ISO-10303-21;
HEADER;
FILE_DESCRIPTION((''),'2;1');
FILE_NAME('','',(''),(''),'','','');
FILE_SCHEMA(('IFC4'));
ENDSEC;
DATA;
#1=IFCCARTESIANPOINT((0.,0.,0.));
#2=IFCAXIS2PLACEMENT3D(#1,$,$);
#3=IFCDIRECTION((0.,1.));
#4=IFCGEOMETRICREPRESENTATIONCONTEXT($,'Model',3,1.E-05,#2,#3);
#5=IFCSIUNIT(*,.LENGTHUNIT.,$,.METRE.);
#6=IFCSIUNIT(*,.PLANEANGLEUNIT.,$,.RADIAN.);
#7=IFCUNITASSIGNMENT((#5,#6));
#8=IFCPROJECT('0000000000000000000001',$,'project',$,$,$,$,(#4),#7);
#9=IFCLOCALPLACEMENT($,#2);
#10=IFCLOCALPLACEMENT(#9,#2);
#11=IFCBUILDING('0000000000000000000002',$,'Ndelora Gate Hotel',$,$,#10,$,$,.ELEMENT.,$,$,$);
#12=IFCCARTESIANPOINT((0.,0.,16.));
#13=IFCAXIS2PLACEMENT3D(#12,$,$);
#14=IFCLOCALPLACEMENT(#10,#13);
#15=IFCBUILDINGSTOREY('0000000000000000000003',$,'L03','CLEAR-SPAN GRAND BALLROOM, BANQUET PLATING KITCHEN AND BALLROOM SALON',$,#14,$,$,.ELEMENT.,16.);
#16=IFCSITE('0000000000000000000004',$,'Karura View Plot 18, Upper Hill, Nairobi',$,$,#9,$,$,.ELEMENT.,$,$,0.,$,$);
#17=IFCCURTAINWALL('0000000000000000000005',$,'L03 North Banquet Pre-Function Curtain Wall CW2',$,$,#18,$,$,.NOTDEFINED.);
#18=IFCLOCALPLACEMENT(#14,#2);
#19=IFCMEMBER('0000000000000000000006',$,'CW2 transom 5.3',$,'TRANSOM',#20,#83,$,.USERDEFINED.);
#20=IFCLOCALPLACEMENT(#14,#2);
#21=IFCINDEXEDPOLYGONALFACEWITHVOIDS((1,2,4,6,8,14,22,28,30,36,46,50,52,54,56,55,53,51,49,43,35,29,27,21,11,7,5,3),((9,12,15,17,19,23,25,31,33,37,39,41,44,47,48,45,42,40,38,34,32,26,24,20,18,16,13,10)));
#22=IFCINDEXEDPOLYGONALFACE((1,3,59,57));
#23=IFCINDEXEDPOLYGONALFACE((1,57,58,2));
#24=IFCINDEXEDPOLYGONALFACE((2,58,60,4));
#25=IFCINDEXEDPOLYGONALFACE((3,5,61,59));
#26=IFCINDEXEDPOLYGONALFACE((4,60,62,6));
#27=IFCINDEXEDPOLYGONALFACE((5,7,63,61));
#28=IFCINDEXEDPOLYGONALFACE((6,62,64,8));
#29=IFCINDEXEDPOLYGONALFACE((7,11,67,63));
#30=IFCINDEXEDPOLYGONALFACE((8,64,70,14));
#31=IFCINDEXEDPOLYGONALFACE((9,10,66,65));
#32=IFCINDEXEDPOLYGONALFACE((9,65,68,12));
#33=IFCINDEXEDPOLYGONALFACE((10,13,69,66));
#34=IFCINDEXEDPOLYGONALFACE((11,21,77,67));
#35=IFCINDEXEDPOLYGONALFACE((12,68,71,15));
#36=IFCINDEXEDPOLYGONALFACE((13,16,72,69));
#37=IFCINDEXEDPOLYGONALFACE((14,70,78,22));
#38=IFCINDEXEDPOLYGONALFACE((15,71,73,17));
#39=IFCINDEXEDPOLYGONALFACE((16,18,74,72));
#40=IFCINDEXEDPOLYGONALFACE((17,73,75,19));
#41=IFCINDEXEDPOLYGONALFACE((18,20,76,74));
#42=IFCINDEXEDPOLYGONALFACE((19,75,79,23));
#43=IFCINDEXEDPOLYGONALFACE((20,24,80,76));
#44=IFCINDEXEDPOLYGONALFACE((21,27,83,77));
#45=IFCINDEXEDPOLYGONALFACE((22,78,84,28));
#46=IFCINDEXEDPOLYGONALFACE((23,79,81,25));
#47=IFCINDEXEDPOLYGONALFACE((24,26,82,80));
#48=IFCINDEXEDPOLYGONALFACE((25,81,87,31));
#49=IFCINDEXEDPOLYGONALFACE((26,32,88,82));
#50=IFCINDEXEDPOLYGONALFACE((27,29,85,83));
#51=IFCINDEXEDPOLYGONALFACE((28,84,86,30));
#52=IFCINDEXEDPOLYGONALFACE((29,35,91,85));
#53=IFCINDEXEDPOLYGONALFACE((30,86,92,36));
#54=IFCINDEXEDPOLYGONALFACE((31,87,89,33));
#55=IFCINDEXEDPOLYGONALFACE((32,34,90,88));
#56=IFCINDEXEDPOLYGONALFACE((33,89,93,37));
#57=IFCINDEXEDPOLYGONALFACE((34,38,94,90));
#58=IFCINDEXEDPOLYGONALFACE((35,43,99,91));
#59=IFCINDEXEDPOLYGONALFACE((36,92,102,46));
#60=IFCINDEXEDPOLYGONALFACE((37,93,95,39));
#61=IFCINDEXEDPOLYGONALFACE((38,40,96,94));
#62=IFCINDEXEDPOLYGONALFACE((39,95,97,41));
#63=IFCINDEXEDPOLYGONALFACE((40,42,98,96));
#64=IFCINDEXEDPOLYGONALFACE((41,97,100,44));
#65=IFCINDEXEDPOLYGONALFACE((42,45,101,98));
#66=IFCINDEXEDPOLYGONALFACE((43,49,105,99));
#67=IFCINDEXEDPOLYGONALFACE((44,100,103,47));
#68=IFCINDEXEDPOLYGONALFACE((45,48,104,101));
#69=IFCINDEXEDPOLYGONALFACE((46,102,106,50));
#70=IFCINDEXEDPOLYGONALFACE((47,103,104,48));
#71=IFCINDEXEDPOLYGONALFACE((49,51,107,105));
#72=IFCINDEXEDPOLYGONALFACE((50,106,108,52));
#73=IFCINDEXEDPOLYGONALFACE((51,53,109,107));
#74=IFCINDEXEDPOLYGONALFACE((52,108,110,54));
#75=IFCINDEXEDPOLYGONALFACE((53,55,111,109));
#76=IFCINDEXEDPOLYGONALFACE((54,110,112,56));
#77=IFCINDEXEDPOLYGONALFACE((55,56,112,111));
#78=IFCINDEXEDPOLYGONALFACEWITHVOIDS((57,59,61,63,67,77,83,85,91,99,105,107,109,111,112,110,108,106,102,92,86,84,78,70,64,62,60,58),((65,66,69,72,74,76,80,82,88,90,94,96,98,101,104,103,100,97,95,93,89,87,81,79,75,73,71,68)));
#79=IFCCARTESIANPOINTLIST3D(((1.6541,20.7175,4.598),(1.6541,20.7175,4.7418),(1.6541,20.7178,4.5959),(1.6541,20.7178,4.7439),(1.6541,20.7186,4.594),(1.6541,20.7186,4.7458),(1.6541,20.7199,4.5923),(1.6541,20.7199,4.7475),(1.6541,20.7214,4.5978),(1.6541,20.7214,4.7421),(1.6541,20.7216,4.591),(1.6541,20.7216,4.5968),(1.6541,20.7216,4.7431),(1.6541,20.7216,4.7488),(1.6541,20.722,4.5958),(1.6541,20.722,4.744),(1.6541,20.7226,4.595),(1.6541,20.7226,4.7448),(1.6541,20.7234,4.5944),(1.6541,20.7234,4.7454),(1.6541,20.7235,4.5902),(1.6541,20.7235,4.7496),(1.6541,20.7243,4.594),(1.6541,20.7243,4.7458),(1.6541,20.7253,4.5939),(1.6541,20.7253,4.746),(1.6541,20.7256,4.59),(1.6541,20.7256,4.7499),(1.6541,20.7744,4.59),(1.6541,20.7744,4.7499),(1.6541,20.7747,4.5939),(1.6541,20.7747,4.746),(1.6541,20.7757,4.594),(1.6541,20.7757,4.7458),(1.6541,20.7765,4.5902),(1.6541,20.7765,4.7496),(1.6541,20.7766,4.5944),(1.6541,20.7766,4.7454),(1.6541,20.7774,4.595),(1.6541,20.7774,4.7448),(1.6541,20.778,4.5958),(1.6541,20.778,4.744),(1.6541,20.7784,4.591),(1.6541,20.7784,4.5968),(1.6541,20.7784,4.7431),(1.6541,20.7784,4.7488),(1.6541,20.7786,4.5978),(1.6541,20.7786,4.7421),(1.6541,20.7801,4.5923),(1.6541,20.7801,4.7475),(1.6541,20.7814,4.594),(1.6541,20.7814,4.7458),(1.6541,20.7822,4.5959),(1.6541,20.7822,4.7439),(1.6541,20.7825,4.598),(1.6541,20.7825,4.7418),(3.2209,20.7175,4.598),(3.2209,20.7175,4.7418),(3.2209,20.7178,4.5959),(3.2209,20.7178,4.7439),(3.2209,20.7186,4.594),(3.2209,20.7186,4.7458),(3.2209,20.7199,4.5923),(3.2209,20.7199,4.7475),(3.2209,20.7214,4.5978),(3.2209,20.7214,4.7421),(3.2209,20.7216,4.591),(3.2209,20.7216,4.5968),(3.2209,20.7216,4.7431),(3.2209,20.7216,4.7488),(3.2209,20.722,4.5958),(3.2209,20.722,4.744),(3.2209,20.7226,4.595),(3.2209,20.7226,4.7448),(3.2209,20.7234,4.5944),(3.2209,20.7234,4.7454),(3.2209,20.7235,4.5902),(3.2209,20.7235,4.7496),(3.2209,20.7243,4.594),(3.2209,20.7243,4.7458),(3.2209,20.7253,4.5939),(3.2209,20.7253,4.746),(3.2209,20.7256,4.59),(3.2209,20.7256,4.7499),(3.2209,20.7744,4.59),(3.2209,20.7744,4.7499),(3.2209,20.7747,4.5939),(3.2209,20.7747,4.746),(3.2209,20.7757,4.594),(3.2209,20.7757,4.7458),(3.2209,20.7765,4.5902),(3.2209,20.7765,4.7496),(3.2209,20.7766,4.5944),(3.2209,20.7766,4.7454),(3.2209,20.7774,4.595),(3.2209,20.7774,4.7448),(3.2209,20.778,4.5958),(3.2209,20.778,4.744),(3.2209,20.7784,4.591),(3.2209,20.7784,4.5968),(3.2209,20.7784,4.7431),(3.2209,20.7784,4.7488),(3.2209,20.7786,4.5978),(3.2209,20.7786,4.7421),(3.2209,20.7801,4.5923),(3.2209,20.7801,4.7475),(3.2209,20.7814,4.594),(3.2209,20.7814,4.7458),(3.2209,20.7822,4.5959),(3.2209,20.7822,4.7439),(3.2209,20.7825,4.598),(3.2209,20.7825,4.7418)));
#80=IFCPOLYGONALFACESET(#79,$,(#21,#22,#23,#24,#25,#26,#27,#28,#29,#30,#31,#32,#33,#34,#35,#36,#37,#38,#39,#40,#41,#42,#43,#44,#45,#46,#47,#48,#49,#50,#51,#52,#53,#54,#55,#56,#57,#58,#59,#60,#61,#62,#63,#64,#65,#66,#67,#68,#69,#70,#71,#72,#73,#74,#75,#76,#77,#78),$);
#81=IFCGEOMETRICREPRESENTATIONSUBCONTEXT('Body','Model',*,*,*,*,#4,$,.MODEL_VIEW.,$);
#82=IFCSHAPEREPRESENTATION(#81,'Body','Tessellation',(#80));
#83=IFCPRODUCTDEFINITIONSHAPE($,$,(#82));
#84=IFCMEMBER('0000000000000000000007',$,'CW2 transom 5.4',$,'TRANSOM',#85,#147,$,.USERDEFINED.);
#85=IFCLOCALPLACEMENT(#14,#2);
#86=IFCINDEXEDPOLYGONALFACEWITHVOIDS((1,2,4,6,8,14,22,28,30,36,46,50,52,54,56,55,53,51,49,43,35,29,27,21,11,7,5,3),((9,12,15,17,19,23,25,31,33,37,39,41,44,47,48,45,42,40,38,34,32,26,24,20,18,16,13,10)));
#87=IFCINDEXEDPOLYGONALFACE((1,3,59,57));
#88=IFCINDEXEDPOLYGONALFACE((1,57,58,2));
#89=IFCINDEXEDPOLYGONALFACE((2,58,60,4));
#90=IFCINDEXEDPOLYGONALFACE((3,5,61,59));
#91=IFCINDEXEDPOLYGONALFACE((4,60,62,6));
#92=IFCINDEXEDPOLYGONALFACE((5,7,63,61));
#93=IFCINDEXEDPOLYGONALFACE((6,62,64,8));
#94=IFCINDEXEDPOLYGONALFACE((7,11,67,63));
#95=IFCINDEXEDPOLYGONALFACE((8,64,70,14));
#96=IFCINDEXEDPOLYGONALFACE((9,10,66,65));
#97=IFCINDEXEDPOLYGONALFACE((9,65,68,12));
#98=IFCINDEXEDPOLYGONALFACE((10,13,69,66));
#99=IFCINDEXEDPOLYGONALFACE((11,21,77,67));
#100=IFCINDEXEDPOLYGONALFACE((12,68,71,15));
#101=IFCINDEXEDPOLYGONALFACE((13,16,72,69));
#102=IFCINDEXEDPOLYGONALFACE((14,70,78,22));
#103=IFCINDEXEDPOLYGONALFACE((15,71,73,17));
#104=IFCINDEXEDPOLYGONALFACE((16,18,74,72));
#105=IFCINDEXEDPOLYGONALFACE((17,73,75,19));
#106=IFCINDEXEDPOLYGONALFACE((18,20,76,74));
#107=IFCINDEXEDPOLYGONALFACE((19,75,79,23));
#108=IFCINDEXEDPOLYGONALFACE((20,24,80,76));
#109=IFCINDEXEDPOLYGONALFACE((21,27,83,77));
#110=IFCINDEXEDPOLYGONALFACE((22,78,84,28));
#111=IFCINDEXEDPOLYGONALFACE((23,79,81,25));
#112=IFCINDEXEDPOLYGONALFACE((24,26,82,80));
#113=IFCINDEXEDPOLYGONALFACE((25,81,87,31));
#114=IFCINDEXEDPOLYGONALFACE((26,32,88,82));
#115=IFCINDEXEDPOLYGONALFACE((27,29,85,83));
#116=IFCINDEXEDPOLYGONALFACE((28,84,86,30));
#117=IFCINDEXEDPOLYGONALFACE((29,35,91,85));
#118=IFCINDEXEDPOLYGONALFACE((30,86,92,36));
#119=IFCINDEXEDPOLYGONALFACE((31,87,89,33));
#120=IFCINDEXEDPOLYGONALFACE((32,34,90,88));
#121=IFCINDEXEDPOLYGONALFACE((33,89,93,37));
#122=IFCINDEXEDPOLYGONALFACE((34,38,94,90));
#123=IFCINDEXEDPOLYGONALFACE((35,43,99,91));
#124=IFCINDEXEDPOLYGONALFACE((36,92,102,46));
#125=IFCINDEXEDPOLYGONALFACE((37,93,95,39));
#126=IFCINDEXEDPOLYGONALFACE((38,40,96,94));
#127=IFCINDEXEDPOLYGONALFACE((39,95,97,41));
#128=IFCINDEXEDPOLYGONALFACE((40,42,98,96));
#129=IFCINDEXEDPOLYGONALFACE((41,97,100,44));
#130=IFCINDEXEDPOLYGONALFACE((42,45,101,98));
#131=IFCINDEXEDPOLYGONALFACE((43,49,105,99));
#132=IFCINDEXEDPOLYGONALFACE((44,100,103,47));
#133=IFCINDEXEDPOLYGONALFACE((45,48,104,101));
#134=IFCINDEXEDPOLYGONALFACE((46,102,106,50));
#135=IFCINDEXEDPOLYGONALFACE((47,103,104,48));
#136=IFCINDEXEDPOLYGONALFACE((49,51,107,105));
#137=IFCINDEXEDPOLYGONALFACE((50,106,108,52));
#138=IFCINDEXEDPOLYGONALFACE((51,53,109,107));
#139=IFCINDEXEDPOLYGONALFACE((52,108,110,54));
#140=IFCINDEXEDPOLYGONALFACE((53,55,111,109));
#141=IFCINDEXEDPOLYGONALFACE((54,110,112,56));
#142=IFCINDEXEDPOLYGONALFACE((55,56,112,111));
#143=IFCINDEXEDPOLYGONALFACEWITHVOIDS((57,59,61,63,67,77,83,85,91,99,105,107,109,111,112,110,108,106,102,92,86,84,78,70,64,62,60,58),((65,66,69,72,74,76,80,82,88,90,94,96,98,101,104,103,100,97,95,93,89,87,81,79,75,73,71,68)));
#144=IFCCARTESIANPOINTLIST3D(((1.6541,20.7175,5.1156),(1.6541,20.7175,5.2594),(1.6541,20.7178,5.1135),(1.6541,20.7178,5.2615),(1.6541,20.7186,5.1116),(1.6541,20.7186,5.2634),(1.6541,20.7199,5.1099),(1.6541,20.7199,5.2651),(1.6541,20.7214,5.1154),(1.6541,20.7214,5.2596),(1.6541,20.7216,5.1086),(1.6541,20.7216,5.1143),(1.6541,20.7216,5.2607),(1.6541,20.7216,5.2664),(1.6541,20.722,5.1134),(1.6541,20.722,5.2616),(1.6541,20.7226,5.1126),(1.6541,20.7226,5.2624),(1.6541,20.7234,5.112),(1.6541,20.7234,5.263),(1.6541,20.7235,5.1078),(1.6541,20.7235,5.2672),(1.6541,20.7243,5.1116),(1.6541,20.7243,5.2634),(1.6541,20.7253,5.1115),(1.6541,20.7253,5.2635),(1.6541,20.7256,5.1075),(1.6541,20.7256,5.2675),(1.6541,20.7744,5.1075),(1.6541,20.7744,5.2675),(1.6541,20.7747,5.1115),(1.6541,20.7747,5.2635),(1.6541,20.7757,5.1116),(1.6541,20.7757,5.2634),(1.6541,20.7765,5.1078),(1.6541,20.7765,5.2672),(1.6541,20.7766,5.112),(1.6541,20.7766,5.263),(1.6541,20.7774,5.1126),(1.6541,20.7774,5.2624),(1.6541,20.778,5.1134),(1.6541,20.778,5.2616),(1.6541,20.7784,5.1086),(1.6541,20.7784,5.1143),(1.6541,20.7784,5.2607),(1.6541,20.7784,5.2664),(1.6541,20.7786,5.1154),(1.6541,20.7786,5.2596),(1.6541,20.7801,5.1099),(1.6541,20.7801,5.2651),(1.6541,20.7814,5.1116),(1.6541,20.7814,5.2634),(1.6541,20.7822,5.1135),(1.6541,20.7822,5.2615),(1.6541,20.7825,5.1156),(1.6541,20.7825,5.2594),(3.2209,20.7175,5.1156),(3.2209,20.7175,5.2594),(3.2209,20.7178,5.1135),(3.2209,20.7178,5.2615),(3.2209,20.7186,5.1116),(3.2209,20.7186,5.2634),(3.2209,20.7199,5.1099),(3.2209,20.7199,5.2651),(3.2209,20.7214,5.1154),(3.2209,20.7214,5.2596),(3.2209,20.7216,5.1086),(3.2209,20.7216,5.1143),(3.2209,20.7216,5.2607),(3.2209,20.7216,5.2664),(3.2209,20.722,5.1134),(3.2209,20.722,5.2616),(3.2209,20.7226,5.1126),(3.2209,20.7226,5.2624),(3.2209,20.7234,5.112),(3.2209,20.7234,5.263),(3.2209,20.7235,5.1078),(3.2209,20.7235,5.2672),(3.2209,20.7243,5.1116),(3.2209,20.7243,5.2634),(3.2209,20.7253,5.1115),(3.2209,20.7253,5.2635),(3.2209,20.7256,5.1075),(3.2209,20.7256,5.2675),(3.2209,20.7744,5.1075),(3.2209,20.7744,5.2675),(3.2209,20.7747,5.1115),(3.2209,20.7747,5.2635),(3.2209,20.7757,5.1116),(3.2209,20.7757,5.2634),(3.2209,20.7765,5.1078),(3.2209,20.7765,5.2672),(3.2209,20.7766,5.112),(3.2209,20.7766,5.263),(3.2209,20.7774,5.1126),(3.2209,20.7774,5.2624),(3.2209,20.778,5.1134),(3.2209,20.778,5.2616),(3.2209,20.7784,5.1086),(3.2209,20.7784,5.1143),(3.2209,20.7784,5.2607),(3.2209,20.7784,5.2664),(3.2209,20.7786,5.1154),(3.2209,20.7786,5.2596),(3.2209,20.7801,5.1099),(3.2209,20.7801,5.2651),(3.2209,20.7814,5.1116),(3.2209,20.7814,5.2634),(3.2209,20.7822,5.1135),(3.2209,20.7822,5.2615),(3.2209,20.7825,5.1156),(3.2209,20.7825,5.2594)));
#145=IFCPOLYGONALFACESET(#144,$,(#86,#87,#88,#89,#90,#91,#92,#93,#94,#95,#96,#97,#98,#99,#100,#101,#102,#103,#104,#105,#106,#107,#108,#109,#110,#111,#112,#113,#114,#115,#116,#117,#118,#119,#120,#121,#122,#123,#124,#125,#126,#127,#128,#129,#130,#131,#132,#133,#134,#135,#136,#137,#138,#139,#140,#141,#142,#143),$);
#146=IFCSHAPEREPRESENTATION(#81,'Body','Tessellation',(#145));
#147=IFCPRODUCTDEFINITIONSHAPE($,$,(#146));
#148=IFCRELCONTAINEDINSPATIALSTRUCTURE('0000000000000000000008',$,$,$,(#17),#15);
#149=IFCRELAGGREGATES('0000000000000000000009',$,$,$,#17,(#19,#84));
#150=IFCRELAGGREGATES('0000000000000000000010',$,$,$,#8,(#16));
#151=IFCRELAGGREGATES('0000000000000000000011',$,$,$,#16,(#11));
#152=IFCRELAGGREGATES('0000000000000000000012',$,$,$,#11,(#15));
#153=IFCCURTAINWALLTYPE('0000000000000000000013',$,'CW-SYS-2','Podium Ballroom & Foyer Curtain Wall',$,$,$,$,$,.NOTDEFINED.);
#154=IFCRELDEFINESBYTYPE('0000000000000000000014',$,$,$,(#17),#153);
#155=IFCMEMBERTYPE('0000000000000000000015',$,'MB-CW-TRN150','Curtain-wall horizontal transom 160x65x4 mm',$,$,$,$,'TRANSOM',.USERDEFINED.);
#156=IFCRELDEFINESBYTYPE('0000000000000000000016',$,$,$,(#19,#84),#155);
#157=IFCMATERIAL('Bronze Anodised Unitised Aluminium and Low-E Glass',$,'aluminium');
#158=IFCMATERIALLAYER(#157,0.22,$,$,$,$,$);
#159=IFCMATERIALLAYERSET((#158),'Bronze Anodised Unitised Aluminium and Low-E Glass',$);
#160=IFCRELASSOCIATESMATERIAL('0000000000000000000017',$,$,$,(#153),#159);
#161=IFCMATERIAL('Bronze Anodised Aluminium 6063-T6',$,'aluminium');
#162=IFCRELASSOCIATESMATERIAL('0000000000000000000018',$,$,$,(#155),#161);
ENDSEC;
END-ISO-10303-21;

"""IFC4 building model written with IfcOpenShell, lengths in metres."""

from ifc_helpers import new_model, si_unit, direction, frame, origin, origin_2d, place, context, subcontext, project, spatial, hollow_rectangle, extrude, material, layer, layer_set, material_profile, profile_set, type_object, element, aggregate, save


model = new_model("IFC4")

# Units and contexts
model_context = context("Model", 3, precision=1e-05, world=origin(), true_north=direction((0.0, 1.0)))
body_context = subcontext(model_context, "Body", "Model", "MODEL_VIEW")
ifc_project = project(units=[si_unit("LENGTHUNIT", "METRE"), si_unit("PLANEANGLEUNIT", "RADIAN")], contexts=[model_context])

# Site, building, storey
site_placement = place(None, origin())
site = spatial("IfcSite", under=ifc_project, at=site_placement, Name="Karura View Plot 18, Upper Hill, Nairobi", CompositionType="ELEMENT", RefElevation=0.0)
building_placement = place(site_placement, origin())
building = spatial("IfcBuilding", under=site, at=building_placement, Name="Ndelora Gate Hotel", CompositionType="ELEMENT")
storey_placement = place(building_placement, frame((0.0, 0.0, 16.0)))
storey = spatial("IfcBuildingStorey", under=building, at=storey_placement, Name="L03", Description="CLEAR-SPAN GRAND BALLROOM, BANQUET PLATING KITCHEN AND BALLROOM SALON", CompositionType="ELEMENT", Elevation=16.0)

# Curtain wall, members
ifc_material_1 = material(Name="Bronze Anodised Unitised Aluminium and Low-E Glass", Category="aluminium")
ifc_layer_1 = layer(ifc_material_1, 0.22)
ifc_layer_set_1 = layer_set([ifc_layer_1], Name="Bronze Anodised Unitised Aluminium and Low-E Glass")
curtain_wall_type = type_object("IfcCurtainWallType", Name="CW-SYS-2", Description="Podium Ballroom & Foyer Curtain Wall", PredefinedType="NOTDEFINED", material=ifc_layer_set_1)
curtain_wall_placement = place(storey_placement, origin())
curtain_wall = element("IfcCurtainWall", 1, at=curtain_wall_placement, inside=storey, type_object=curtain_wall_type, Name="L03 North Banquet Pre-Function Curtain Wall CW2", PredefinedType="NOTDEFINED")
ifc_material_2 = material(Name="Bronze Anodised Aluminium 6063-T6", Category="aluminium")
ifc_material_profile_1 = material_profile(ifc_material_2, hollow_rectangle(XDim=0.0649, YDim=0.1599, WallThickness=0.0039, InnerFilletRadius=0.0039, OuterFilletRadius=0.0081, at=origin_2d()), Name="ALU 160x65x4")
ifc_profile_set_1 = profile_set([ifc_material_profile_1], Name="Bronze Anodised Aluminium 6063-T6")
member_type_1 = type_object("IfcMemberType", Name="MB-CW-TRN150", Description="Curtain-wall horizontal transom 160x65x4 mm", ElementType="TRANSOM", PredefinedType="USERDEFINED", material=ifc_profile_set_1)
member_1_placement = place(storey_placement, frame((3.2209, 20.75, 4.6699), z_axis=(-1.0, 0.0, 0.0), x_axis=(0.0, -1.0, 0.0)))
member_1 = element("IfcMember", 2, at=member_1_placement, type_object=member_type_1, Name="CW2 transom 5.3", ObjectType="TRANSOM", PredefinedType="USERDEFINED", context=body_context, shape_type="SweptSolid", body=[
    extrude(hollow_rectangle(XDim=0.0649, YDim=0.1599, WallThickness=0.0039, InnerFilletRadius=0.0039, OuterFilletRadius=0.0081, at=origin_2d()), origin(), (0.0, 0.0, 1.0), 1.5669),
])
member_2_placement = place(storey_placement, frame((3.2209, 20.75, 5.1875), z_axis=(-1.0, 0.0, 0.0), x_axis=(0.0, -1.0, 0.0)))
member_2 = element("IfcMember", 3, at=member_2_placement, type_object=member_type_1, Name="CW2 transom 5.4", ObjectType="TRANSOM", PredefinedType="USERDEFINED", context=body_context, shape_type="SweptSolid", body=[
    extrude(hollow_rectangle(XDim=0.0649, YDim=0.1599, WallThickness=0.0039, InnerFilletRadius=0.0039, OuterFilletRadius=0.0081, at=origin_2d()), origin(), (0.0, 0.0, 1.0), 1.5669),
])
aggregate(curtain_wall, [member_1, member_2])

save(model, "model.ifc")
